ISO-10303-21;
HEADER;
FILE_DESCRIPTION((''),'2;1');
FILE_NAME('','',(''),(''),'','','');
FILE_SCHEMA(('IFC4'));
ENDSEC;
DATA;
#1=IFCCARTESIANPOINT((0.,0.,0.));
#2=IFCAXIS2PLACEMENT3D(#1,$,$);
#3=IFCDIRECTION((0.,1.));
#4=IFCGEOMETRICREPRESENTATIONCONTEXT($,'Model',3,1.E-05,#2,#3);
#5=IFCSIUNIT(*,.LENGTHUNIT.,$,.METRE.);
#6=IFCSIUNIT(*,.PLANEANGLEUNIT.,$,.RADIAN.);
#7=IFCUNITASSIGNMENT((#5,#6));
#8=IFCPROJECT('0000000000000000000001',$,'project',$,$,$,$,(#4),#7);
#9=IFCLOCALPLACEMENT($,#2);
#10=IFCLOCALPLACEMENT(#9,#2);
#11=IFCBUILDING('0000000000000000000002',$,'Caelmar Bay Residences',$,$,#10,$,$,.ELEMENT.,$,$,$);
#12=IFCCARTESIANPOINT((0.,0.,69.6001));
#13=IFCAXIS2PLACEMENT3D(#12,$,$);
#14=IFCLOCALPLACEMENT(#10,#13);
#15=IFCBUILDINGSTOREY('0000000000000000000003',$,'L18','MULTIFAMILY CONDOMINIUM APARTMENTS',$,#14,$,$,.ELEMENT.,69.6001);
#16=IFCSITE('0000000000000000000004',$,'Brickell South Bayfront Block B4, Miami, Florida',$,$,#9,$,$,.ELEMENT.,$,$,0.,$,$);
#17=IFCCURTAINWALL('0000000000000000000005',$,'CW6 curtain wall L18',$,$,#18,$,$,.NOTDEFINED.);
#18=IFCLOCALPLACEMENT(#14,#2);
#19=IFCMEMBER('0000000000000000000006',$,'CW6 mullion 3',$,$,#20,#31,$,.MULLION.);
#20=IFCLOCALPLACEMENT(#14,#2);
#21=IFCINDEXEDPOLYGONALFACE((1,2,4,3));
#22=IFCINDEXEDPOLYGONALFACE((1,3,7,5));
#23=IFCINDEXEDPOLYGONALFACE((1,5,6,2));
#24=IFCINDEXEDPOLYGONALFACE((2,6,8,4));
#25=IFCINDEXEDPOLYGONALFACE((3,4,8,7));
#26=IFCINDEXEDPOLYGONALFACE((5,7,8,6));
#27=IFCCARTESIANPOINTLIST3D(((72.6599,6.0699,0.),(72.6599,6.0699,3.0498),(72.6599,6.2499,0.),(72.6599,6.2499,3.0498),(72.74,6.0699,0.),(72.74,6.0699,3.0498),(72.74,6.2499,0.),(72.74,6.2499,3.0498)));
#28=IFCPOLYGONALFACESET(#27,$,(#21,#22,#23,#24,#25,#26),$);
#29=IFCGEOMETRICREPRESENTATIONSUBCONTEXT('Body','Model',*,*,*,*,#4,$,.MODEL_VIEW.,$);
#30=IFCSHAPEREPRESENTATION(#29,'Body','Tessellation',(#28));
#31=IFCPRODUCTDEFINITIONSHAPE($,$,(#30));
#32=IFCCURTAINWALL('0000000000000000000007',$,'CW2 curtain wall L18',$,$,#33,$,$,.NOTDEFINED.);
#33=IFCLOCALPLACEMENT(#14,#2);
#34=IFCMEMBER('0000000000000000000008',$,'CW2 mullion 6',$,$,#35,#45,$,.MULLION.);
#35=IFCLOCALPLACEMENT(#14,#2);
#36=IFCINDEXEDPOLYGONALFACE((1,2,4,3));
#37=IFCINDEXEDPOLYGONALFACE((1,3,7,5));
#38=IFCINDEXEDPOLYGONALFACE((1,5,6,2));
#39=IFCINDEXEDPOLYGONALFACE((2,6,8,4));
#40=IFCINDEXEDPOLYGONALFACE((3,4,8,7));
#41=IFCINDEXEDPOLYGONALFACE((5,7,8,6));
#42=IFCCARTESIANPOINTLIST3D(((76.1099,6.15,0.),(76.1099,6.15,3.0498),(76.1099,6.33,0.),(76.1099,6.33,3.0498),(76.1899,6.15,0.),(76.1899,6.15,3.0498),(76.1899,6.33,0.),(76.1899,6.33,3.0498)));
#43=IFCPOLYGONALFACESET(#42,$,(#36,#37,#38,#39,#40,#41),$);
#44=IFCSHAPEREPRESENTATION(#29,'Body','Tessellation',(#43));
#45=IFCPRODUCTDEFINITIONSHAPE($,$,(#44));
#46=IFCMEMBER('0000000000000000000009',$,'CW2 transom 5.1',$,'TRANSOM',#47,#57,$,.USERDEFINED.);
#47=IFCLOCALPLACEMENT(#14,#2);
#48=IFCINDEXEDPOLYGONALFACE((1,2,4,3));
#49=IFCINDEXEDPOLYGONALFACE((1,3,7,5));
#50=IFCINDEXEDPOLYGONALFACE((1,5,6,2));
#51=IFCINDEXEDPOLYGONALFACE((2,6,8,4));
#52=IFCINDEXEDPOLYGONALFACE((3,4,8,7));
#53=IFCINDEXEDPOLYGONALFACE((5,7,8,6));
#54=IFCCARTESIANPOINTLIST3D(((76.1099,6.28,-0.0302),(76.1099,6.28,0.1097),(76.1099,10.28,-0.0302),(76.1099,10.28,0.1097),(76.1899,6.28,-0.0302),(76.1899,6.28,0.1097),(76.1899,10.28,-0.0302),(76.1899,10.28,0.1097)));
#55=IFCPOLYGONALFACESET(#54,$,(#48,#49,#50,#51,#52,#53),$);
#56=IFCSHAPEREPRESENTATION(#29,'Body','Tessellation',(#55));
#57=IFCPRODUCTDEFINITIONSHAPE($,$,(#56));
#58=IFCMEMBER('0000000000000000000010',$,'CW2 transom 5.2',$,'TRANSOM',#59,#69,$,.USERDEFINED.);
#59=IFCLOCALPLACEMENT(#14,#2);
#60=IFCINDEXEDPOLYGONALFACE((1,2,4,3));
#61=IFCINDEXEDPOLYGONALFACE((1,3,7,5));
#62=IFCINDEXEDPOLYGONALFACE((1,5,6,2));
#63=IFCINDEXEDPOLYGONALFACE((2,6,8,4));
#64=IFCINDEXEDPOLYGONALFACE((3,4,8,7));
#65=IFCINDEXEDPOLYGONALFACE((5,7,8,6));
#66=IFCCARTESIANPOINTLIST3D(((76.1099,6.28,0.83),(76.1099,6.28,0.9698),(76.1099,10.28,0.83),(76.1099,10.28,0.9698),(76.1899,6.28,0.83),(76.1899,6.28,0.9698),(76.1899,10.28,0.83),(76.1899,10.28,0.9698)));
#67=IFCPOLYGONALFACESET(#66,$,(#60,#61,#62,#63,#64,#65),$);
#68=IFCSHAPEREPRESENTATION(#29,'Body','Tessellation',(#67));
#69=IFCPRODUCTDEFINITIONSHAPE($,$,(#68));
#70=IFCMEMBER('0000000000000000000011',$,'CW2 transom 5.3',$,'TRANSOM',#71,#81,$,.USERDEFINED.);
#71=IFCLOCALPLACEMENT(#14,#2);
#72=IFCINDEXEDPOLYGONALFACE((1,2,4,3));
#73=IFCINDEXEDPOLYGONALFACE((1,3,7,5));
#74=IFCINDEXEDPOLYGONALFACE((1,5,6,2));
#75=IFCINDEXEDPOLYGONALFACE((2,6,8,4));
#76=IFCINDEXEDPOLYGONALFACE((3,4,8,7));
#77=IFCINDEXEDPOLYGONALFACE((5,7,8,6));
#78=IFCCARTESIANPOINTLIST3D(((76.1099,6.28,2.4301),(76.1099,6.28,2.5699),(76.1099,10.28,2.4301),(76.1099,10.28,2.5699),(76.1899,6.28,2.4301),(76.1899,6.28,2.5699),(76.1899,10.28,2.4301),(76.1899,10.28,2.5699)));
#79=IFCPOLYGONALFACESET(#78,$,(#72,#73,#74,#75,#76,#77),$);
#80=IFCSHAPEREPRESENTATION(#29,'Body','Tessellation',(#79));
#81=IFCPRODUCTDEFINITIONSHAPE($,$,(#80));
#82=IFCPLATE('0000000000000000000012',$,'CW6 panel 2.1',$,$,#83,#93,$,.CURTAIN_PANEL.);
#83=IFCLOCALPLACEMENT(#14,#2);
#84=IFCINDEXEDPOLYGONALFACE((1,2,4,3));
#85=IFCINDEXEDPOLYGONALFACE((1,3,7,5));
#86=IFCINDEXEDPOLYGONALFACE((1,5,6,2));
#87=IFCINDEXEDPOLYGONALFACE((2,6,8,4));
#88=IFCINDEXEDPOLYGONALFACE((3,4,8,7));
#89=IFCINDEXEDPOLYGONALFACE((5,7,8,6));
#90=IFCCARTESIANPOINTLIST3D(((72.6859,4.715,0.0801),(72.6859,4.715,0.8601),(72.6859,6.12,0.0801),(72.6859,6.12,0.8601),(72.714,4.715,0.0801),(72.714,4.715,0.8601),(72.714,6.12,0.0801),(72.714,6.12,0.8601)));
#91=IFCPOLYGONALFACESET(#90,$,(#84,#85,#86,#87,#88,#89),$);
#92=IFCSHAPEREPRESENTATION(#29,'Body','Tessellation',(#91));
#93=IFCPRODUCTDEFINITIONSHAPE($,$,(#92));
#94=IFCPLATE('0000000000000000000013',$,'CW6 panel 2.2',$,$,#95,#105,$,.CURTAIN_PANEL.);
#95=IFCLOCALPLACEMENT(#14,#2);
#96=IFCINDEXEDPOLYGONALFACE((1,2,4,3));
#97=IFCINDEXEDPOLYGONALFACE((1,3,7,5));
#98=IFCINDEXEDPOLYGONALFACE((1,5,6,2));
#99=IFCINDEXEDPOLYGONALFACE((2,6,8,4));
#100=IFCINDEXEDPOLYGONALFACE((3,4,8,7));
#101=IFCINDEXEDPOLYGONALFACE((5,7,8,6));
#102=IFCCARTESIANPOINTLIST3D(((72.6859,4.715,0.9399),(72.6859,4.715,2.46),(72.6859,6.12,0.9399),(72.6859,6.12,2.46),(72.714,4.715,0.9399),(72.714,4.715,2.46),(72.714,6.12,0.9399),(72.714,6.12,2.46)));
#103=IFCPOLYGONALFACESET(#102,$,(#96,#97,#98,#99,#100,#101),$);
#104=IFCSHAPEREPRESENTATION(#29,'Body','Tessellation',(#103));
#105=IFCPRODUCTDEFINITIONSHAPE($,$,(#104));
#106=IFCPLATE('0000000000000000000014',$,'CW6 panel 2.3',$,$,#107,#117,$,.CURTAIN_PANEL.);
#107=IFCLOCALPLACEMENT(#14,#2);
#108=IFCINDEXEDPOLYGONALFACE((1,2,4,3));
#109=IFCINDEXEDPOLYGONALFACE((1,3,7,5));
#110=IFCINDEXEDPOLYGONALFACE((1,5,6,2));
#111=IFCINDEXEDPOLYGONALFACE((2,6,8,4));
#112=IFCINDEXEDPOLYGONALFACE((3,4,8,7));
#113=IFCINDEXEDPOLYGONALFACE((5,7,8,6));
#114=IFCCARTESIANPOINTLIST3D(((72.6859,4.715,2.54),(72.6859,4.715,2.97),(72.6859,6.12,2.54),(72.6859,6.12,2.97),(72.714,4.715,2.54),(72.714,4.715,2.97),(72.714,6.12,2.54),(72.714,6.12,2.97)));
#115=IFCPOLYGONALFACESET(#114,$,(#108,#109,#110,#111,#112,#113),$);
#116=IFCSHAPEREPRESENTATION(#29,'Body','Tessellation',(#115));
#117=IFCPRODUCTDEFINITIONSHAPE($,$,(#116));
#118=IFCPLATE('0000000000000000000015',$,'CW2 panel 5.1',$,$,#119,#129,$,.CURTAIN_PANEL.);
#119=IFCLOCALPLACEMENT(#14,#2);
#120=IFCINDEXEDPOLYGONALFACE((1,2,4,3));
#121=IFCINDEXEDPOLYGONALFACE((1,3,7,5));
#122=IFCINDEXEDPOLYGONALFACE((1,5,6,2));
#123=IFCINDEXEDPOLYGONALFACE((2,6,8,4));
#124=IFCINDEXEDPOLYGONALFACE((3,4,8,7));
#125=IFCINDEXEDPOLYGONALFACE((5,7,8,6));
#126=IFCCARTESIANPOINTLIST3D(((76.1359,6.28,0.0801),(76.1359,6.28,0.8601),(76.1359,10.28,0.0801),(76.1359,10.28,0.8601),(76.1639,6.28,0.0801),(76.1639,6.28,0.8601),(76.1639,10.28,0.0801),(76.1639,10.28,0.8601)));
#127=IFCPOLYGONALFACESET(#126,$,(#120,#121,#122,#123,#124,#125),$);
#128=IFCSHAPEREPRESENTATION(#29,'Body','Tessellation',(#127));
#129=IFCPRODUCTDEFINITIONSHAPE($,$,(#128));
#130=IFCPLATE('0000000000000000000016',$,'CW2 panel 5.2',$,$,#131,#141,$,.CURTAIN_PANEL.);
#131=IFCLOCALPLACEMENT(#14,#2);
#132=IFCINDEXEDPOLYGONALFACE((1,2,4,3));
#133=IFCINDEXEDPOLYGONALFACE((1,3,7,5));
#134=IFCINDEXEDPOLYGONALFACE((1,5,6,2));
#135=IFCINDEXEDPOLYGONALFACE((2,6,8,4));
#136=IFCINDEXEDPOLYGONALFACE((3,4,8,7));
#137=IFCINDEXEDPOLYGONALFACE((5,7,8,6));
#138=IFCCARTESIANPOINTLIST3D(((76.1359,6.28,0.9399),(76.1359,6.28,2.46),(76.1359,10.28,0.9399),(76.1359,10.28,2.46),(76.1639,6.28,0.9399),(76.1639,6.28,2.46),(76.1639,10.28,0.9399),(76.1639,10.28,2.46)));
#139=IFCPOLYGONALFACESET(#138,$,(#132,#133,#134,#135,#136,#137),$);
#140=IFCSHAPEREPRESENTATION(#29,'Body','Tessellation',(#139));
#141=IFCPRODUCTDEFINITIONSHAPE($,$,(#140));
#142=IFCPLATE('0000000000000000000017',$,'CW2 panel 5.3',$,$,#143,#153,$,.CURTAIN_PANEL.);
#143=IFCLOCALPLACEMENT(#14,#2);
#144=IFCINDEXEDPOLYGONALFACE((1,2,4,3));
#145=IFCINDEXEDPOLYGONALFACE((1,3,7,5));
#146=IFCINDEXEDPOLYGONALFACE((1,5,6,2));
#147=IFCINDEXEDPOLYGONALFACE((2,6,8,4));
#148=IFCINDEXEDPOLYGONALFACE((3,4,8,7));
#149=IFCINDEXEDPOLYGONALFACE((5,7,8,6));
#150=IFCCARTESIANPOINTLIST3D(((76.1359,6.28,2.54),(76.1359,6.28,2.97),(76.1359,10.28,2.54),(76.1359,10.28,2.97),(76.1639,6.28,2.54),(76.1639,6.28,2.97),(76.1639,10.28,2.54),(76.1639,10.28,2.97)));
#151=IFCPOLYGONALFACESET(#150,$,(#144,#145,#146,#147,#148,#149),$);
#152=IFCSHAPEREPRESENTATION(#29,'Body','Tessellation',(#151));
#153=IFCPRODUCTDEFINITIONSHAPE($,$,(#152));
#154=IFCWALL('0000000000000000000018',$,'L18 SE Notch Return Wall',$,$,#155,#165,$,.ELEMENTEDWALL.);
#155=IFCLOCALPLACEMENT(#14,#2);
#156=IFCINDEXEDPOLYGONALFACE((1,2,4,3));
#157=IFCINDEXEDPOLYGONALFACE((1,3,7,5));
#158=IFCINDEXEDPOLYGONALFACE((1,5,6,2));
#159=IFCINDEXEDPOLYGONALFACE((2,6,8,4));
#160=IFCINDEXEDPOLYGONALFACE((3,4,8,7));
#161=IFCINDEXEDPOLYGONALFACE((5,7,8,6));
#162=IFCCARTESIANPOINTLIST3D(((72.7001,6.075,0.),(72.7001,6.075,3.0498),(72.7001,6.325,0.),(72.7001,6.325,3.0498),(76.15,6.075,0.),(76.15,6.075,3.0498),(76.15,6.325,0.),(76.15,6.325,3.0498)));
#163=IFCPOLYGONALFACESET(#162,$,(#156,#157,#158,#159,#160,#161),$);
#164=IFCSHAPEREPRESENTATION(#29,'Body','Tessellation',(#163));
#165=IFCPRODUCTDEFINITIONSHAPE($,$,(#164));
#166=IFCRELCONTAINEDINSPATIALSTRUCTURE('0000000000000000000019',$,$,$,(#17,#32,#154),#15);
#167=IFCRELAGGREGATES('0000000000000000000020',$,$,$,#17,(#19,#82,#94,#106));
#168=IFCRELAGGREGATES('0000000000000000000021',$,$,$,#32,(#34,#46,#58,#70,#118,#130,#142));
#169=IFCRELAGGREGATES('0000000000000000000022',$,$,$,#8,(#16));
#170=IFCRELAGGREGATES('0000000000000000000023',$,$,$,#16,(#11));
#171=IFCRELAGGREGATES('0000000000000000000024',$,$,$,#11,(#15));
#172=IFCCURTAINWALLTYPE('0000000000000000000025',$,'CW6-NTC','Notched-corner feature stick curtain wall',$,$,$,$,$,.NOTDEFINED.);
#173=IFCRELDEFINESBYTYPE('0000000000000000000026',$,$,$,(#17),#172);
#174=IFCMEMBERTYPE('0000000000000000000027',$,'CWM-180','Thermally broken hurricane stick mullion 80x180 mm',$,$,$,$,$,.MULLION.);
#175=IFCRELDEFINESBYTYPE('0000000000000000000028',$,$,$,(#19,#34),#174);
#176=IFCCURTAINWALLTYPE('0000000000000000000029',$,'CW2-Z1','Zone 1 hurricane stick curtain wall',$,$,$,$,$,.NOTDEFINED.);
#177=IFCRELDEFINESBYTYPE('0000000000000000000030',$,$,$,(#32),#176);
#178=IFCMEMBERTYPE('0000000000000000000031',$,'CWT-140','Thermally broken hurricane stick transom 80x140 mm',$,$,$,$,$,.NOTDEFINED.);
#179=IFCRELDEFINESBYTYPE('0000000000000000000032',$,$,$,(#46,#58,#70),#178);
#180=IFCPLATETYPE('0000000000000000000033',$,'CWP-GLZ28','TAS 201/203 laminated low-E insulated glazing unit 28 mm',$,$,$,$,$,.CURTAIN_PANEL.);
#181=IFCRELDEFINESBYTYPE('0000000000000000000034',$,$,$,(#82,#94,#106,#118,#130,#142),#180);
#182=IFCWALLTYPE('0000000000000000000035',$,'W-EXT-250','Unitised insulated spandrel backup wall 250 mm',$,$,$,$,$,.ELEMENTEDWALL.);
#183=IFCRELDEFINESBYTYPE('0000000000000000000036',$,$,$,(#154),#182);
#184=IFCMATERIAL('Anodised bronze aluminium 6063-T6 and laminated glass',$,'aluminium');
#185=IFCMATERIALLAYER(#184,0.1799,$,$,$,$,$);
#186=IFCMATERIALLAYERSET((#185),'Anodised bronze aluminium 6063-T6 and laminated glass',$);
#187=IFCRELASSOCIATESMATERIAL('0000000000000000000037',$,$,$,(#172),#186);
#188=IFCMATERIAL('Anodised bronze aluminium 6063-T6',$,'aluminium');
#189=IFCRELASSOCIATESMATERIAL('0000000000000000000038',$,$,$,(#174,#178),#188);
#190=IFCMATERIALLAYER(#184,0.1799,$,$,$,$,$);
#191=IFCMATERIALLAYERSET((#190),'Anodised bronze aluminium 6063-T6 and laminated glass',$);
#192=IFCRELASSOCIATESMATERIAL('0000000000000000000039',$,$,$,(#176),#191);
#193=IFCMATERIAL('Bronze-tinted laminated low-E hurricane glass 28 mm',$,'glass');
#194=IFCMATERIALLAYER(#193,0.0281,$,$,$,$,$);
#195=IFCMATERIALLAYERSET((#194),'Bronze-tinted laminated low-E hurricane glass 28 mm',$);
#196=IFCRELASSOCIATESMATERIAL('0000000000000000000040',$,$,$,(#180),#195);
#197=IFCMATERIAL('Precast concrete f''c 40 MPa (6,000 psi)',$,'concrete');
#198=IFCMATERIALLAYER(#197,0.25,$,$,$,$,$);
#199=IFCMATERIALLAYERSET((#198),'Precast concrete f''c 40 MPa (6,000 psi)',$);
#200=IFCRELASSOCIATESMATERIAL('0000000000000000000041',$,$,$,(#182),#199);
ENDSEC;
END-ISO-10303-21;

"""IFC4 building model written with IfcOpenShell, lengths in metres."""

from ifc_helpers import new_model, si_unit, direction, frame, frame_2d, origin, origin_2d, place, context, subcontext, project, spatial, rectangle, extrude, material, layer, layer_set, material_profile, profile_set, type_object, element, aggregate, save


model = new_model("IFC4")

# Units and contexts
model_context = context("Model", 3, precision=1e-05, world=origin(), true_north=direction((0.0, 1.0)))
body_context = subcontext(model_context, "Body", "Model", "MODEL_VIEW")
ifc_project = project(units=[si_unit("LENGTHUNIT", "METRE"), si_unit("PLANEANGLEUNIT", "RADIAN")], contexts=[model_context])

# Site, building, storey
site_placement = place(None, origin())
site = spatial("IfcSite", under=ifc_project, at=site_placement, Name="Brickell South Bayfront Block B4, Miami, Florida", CompositionType="ELEMENT", RefElevation=0.0)
building_placement = place(site_placement, origin())
building = spatial("IfcBuilding", under=site, at=building_placement, Name="Caelmar Bay Residences", CompositionType="ELEMENT")
storey_placement = place(building_placement, frame((0.0, 0.0, 69.6001)))
storey = spatial("IfcBuildingStorey", under=building, at=storey_placement, Name="L18", Description="MULTIFAMILY CONDOMINIUM APARTMENTS", CompositionType="ELEMENT", Elevation=69.6001)

# Curtain wall, member
ifc_material_1 = material(Name="Anodised bronze aluminium 6063-T6 and laminated glass", Category="aluminium")
ifc_layer_1 = layer(ifc_material_1, 0.1799)
ifc_layer_set_1 = layer_set([ifc_layer_1], Name="Anodised bronze aluminium 6063-T6 and laminated glass")
curtain_wall_type_1 = type_object("IfcCurtainWallType", Name="CW6-NTC", Description="Notched-corner feature stick curtain wall", PredefinedType="NOTDEFINED", material=ifc_layer_set_1)
curtain_wall_1_placement = place(storey_placement, origin())
curtain_wall_1 = element("IfcCurtainWall", 1, at=curtain_wall_1_placement, inside=storey, type_object=curtain_wall_type_1, Name="CW6 curtain wall L18", PredefinedType="NOTDEFINED")
ifc_material_2 = material(Name="Anodised bronze aluminium 6063-T6", Category="aluminium")
ifc_material_profile_1 = material_profile(ifc_material_2, rectangle(XDim=0.0801, YDim=0.1799, at=origin_2d()), Name="CWM-80X180")
ifc_profile_set_1 = profile_set([ifc_material_profile_1], Name="Anodised bronze aluminium 6063-T6")
member_type_1 = type_object("IfcMemberType", Name="CWM-180", Description="Thermally broken hurricane stick mullion 80x180 mm", PredefinedType="MULLION", material=ifc_profile_set_1)
member_1_placement = place(storey_placement, frame((72.7, 6.1599, 0.0), z_axis=(0.0, 0.0, 1.0), x_axis=(-1.0, 0.0, 0.0)))
member_1 = element("IfcMember", 2, at=member_1_placement, type_object=member_type_1, Name="CW6 mullion 3", PredefinedType="MULLION", context=body_context, shape_type="SweptSolid", body=[
    extrude(rectangle(XDim=0.0801, YDim=0.1799, at=origin_2d()), origin(), (0.0, 0.0, 1.0), 3.0498),
])

# Curtain wall, members
ifc_layer_2 = layer(ifc_material_1, 0.1799)
ifc_layer_set_2 = layer_set([ifc_layer_2], Name="Anodised bronze aluminium 6063-T6 and laminated glass")
curtain_wall_type_2 = type_object("IfcCurtainWallType", Name="CW2-Z1", Description="Zone 1 hurricane stick curtain wall", PredefinedType="NOTDEFINED", material=ifc_layer_set_2)
curtain_wall_2_placement = place(storey_placement, origin())
curtain_wall_2 = element("IfcCurtainWall", 3, at=curtain_wall_2_placement, inside=storey, type_object=curtain_wall_type_2, Name="CW2 curtain wall L18", PredefinedType="NOTDEFINED")
member_2_placement = place(storey_placement, frame((76.1499, 6.24, 0.0), z_axis=(0.0, 0.0, 1.0), x_axis=(1.0, 0.0, 0.0)))
member_2 = element("IfcMember", 4, at=member_2_placement, type_object=member_type_1, Name="CW2 mullion 6", PredefinedType="MULLION", context=body_context, shape_type="SweptSolid", body=[
    extrude(rectangle(XDim=0.0801, YDim=0.1799, at=origin_2d()), origin(), (0.0, 0.0, 1.0), 3.0498),
])
ifc_material_profile_2 = material_profile(ifc_material_2, rectangle(XDim=0.0801, YDim=0.1399, at=origin_2d()), Name="CWT-80X140")
ifc_profile_set_2 = profile_set([ifc_material_profile_2], Name="Anodised bronze aluminium 6063-T6")
member_type_2 = type_object("IfcMemberType", Name="CWT-140", Description="Thermally broken hurricane stick transom 80x140 mm", PredefinedType="NOTDEFINED", material=ifc_profile_set_2)
member_3_placement = place(storey_placement, frame((76.1499, 10.28, 0.0398), z_axis=(0.0, -1.0, 0.0), x_axis=(1.0, 0.0, 0.0)))
member_3 = element("IfcMember", 5, at=member_3_placement, type_object=member_type_2, Name="CW2 transom 5.1", ObjectType="TRANSOM", PredefinedType="USERDEFINED", context=body_context, shape_type="SweptSolid", body=[
    extrude(rectangle(XDim=0.0801, YDim=0.1399, at=origin_2d()), origin(), (0.0, 0.0, 1.0), 4.0),
])
member_4_placement = place(storey_placement, frame((76.1499, 10.28, 0.8999), z_axis=(0.0, -1.0, 0.0), x_axis=(1.0, 0.0, 0.0)))
member_4 = element("IfcMember", 6, at=member_4_placement, type_object=member_type_2, Name="CW2 transom 5.2", ObjectType="TRANSOM", PredefinedType="USERDEFINED", context=body_context, shape_type="SweptSolid", body=[
    extrude(rectangle(XDim=0.0801, YDim=0.1399, at=origin_2d()), origin(), (0.0, 0.0, 1.0), 4.0),
])
member_5_placement = place(storey_placement, frame((76.1499, 10.28, 2.5), z_axis=(0.0, -1.0, 0.0), x_axis=(1.0, 0.0, 0.0)))
member_5 = element("IfcMember", 7, at=member_5_placement, type_object=member_type_2, Name="CW2 transom 5.3", ObjectType="TRANSOM", PredefinedType="USERDEFINED", context=body_context, shape_type="SweptSolid", body=[
    extrude(rectangle(XDim=0.0801, YDim=0.1399, at=origin_2d()), origin(), (0.0, 0.0, 1.0), 4.0),
])

# Plates
ifc_material_3 = material(Name="Bronze-tinted laminated low-E hurricane glass 28 mm", Category="glass")
ifc_layer_3 = layer(ifc_material_3, 0.0281)
ifc_layer_set_3 = layer_set([ifc_layer_3], Name="Bronze-tinted laminated low-E hurricane glass 28 mm")
plate_type = type_object("IfcPlateType", Name="CWP-GLZ28", Description="TAS 201/203 laminated low-E insulated glazing unit 28 mm", PredefinedType="CURTAIN_PANEL", material=ifc_layer_set_3)
plate_1_placement = place(storey_placement, frame((72.7, 5.4175, 0.0801), z_axis=(0.0, 0.0, 1.0), x_axis=(0.0, 1.0, 0.0)))
plate_1 = element("IfcPlate", 8, at=plate_1_placement, type_object=plate_type, Name="CW6 panel 2.1", PredefinedType="CURTAIN_PANEL", context=body_context, shape_type="SweptSolid", body=[
    extrude(rectangle(XDim=1.405, YDim=0.0281, at=origin_2d()), origin(), (0.0, 0.0, 1.0), 0.78),
])
plate_2_placement = place(storey_placement, frame((72.7, 5.4175, 0.9399), z_axis=(0.0, 0.0, 1.0), x_axis=(0.0, 1.0, 0.0)))
plate_2 = element("IfcPlate", 9, at=plate_2_placement, type_object=plate_type, Name="CW6 panel 2.2", PredefinedType="CURTAIN_PANEL", context=body_context, shape_type="SweptSolid", body=[
    extrude(rectangle(XDim=1.405, YDim=0.0281, at=origin_2d()), origin(), (0.0, 0.0, 1.0), 1.52),
])
plate_3_placement = place(storey_placement, frame((72.7, 5.4175, 2.54), z_axis=(0.0, 0.0, 1.0), x_axis=(0.0, 1.0, 0.0)))
plate_3 = element("IfcPlate", 10, at=plate_3_placement, type_object=plate_type, Name="CW6 panel 2.3", PredefinedType="CURTAIN_PANEL", context=body_context, shape_type="SweptSolid", body=[
    extrude(rectangle(XDim=1.405, YDim=0.0281, at=origin_2d()), origin(), (0.0, 0.0, 1.0), 0.4299),
])
aggregate(curtain_wall_1, [member_1, plate_1, plate_2, plate_3])
plate_4_placement = place(storey_placement, frame((76.1499, 8.28, 0.0801), z_axis=(0.0, 0.0, 1.0), x_axis=(0.0, -1.0, 0.0)))
plate_4 = element("IfcPlate", 11, at=plate_4_placement, type_object=plate_type, Name="CW2 panel 5.1", PredefinedType="CURTAIN_PANEL", context=body_context, shape_type="SweptSolid", body=[
    extrude(rectangle(XDim=4.0, YDim=0.0281, at=origin_2d()), origin(), (0.0, 0.0, 1.0), 0.78),
])
plate_5_placement = place(storey_placement, frame((76.1499, 8.28, 0.9399), z_axis=(0.0, 0.0, 1.0), x_axis=(0.0, -1.0, 0.0)))
plate_5 = element("IfcPlate", 12, at=plate_5_placement, type_object=plate_type, Name="CW2 panel 5.2", PredefinedType="CURTAIN_PANEL", context=body_context, shape_type="SweptSolid", body=[
    extrude(rectangle(XDim=4.0, YDim=0.0281, at=origin_2d()), origin(), (0.0, 0.0, 1.0), 1.52),
])
plate_6_placement = place(storey_placement, frame((76.1499, 8.28, 2.54), z_axis=(0.0, 0.0, 1.0), x_axis=(0.0, -1.0, 0.0)))
plate_6 = element("IfcPlate", 13, at=plate_6_placement, type_object=plate_type, Name="CW2 panel 5.3", PredefinedType="CURTAIN_PANEL", context=body_context, shape_type="SweptSolid", body=[
    extrude(rectangle(XDim=4.0, YDim=0.0281, at=origin_2d()), origin(), (0.0, 0.0, 1.0), 0.4299),
])
aggregate(curtain_wall_2, [member_2, member_3, member_4, member_5, plate_4, plate_5, plate_6])

# Wall
ifc_material_4 = material(Name="Precast concrete f'c 40 MPa (6,000 psi)", Category="concrete")
ifc_layer_4 = layer(ifc_material_4, 0.25)
ifc_layer_set_4 = layer_set([ifc_layer_4], Name="Precast concrete f'c 40 MPa (6,000 psi)")
wall_type_1 = type_object("IfcWallType", Name="W-EXT-250", Description="Unitised insulated spandrel backup wall 250 mm", PredefinedType="ELEMENTEDWALL", material=ifc_layer_set_4)
wall_1_placement = place(storey_placement, frame((72.7, 6.2, 0.0), z_axis=(0.0, 0.0, 1.0), x_axis=(1.0, 0.0, 0.0)))
element("IfcWall", 14, at=wall_1_placement, inside=storey, type_object=wall_type_1, Name="L18 SE Notch Return Wall", PredefinedType="ELEMENTEDWALL", context=body_context, shape_type="SweptSolid", body=[
    extrude(rectangle(XDim=3.45, YDim=0.25, at=frame_2d((1.7251, 0.0))), origin(), (0.0, 0.0, 1.0), 3.0498),
])

save(model, "model.ifc")
